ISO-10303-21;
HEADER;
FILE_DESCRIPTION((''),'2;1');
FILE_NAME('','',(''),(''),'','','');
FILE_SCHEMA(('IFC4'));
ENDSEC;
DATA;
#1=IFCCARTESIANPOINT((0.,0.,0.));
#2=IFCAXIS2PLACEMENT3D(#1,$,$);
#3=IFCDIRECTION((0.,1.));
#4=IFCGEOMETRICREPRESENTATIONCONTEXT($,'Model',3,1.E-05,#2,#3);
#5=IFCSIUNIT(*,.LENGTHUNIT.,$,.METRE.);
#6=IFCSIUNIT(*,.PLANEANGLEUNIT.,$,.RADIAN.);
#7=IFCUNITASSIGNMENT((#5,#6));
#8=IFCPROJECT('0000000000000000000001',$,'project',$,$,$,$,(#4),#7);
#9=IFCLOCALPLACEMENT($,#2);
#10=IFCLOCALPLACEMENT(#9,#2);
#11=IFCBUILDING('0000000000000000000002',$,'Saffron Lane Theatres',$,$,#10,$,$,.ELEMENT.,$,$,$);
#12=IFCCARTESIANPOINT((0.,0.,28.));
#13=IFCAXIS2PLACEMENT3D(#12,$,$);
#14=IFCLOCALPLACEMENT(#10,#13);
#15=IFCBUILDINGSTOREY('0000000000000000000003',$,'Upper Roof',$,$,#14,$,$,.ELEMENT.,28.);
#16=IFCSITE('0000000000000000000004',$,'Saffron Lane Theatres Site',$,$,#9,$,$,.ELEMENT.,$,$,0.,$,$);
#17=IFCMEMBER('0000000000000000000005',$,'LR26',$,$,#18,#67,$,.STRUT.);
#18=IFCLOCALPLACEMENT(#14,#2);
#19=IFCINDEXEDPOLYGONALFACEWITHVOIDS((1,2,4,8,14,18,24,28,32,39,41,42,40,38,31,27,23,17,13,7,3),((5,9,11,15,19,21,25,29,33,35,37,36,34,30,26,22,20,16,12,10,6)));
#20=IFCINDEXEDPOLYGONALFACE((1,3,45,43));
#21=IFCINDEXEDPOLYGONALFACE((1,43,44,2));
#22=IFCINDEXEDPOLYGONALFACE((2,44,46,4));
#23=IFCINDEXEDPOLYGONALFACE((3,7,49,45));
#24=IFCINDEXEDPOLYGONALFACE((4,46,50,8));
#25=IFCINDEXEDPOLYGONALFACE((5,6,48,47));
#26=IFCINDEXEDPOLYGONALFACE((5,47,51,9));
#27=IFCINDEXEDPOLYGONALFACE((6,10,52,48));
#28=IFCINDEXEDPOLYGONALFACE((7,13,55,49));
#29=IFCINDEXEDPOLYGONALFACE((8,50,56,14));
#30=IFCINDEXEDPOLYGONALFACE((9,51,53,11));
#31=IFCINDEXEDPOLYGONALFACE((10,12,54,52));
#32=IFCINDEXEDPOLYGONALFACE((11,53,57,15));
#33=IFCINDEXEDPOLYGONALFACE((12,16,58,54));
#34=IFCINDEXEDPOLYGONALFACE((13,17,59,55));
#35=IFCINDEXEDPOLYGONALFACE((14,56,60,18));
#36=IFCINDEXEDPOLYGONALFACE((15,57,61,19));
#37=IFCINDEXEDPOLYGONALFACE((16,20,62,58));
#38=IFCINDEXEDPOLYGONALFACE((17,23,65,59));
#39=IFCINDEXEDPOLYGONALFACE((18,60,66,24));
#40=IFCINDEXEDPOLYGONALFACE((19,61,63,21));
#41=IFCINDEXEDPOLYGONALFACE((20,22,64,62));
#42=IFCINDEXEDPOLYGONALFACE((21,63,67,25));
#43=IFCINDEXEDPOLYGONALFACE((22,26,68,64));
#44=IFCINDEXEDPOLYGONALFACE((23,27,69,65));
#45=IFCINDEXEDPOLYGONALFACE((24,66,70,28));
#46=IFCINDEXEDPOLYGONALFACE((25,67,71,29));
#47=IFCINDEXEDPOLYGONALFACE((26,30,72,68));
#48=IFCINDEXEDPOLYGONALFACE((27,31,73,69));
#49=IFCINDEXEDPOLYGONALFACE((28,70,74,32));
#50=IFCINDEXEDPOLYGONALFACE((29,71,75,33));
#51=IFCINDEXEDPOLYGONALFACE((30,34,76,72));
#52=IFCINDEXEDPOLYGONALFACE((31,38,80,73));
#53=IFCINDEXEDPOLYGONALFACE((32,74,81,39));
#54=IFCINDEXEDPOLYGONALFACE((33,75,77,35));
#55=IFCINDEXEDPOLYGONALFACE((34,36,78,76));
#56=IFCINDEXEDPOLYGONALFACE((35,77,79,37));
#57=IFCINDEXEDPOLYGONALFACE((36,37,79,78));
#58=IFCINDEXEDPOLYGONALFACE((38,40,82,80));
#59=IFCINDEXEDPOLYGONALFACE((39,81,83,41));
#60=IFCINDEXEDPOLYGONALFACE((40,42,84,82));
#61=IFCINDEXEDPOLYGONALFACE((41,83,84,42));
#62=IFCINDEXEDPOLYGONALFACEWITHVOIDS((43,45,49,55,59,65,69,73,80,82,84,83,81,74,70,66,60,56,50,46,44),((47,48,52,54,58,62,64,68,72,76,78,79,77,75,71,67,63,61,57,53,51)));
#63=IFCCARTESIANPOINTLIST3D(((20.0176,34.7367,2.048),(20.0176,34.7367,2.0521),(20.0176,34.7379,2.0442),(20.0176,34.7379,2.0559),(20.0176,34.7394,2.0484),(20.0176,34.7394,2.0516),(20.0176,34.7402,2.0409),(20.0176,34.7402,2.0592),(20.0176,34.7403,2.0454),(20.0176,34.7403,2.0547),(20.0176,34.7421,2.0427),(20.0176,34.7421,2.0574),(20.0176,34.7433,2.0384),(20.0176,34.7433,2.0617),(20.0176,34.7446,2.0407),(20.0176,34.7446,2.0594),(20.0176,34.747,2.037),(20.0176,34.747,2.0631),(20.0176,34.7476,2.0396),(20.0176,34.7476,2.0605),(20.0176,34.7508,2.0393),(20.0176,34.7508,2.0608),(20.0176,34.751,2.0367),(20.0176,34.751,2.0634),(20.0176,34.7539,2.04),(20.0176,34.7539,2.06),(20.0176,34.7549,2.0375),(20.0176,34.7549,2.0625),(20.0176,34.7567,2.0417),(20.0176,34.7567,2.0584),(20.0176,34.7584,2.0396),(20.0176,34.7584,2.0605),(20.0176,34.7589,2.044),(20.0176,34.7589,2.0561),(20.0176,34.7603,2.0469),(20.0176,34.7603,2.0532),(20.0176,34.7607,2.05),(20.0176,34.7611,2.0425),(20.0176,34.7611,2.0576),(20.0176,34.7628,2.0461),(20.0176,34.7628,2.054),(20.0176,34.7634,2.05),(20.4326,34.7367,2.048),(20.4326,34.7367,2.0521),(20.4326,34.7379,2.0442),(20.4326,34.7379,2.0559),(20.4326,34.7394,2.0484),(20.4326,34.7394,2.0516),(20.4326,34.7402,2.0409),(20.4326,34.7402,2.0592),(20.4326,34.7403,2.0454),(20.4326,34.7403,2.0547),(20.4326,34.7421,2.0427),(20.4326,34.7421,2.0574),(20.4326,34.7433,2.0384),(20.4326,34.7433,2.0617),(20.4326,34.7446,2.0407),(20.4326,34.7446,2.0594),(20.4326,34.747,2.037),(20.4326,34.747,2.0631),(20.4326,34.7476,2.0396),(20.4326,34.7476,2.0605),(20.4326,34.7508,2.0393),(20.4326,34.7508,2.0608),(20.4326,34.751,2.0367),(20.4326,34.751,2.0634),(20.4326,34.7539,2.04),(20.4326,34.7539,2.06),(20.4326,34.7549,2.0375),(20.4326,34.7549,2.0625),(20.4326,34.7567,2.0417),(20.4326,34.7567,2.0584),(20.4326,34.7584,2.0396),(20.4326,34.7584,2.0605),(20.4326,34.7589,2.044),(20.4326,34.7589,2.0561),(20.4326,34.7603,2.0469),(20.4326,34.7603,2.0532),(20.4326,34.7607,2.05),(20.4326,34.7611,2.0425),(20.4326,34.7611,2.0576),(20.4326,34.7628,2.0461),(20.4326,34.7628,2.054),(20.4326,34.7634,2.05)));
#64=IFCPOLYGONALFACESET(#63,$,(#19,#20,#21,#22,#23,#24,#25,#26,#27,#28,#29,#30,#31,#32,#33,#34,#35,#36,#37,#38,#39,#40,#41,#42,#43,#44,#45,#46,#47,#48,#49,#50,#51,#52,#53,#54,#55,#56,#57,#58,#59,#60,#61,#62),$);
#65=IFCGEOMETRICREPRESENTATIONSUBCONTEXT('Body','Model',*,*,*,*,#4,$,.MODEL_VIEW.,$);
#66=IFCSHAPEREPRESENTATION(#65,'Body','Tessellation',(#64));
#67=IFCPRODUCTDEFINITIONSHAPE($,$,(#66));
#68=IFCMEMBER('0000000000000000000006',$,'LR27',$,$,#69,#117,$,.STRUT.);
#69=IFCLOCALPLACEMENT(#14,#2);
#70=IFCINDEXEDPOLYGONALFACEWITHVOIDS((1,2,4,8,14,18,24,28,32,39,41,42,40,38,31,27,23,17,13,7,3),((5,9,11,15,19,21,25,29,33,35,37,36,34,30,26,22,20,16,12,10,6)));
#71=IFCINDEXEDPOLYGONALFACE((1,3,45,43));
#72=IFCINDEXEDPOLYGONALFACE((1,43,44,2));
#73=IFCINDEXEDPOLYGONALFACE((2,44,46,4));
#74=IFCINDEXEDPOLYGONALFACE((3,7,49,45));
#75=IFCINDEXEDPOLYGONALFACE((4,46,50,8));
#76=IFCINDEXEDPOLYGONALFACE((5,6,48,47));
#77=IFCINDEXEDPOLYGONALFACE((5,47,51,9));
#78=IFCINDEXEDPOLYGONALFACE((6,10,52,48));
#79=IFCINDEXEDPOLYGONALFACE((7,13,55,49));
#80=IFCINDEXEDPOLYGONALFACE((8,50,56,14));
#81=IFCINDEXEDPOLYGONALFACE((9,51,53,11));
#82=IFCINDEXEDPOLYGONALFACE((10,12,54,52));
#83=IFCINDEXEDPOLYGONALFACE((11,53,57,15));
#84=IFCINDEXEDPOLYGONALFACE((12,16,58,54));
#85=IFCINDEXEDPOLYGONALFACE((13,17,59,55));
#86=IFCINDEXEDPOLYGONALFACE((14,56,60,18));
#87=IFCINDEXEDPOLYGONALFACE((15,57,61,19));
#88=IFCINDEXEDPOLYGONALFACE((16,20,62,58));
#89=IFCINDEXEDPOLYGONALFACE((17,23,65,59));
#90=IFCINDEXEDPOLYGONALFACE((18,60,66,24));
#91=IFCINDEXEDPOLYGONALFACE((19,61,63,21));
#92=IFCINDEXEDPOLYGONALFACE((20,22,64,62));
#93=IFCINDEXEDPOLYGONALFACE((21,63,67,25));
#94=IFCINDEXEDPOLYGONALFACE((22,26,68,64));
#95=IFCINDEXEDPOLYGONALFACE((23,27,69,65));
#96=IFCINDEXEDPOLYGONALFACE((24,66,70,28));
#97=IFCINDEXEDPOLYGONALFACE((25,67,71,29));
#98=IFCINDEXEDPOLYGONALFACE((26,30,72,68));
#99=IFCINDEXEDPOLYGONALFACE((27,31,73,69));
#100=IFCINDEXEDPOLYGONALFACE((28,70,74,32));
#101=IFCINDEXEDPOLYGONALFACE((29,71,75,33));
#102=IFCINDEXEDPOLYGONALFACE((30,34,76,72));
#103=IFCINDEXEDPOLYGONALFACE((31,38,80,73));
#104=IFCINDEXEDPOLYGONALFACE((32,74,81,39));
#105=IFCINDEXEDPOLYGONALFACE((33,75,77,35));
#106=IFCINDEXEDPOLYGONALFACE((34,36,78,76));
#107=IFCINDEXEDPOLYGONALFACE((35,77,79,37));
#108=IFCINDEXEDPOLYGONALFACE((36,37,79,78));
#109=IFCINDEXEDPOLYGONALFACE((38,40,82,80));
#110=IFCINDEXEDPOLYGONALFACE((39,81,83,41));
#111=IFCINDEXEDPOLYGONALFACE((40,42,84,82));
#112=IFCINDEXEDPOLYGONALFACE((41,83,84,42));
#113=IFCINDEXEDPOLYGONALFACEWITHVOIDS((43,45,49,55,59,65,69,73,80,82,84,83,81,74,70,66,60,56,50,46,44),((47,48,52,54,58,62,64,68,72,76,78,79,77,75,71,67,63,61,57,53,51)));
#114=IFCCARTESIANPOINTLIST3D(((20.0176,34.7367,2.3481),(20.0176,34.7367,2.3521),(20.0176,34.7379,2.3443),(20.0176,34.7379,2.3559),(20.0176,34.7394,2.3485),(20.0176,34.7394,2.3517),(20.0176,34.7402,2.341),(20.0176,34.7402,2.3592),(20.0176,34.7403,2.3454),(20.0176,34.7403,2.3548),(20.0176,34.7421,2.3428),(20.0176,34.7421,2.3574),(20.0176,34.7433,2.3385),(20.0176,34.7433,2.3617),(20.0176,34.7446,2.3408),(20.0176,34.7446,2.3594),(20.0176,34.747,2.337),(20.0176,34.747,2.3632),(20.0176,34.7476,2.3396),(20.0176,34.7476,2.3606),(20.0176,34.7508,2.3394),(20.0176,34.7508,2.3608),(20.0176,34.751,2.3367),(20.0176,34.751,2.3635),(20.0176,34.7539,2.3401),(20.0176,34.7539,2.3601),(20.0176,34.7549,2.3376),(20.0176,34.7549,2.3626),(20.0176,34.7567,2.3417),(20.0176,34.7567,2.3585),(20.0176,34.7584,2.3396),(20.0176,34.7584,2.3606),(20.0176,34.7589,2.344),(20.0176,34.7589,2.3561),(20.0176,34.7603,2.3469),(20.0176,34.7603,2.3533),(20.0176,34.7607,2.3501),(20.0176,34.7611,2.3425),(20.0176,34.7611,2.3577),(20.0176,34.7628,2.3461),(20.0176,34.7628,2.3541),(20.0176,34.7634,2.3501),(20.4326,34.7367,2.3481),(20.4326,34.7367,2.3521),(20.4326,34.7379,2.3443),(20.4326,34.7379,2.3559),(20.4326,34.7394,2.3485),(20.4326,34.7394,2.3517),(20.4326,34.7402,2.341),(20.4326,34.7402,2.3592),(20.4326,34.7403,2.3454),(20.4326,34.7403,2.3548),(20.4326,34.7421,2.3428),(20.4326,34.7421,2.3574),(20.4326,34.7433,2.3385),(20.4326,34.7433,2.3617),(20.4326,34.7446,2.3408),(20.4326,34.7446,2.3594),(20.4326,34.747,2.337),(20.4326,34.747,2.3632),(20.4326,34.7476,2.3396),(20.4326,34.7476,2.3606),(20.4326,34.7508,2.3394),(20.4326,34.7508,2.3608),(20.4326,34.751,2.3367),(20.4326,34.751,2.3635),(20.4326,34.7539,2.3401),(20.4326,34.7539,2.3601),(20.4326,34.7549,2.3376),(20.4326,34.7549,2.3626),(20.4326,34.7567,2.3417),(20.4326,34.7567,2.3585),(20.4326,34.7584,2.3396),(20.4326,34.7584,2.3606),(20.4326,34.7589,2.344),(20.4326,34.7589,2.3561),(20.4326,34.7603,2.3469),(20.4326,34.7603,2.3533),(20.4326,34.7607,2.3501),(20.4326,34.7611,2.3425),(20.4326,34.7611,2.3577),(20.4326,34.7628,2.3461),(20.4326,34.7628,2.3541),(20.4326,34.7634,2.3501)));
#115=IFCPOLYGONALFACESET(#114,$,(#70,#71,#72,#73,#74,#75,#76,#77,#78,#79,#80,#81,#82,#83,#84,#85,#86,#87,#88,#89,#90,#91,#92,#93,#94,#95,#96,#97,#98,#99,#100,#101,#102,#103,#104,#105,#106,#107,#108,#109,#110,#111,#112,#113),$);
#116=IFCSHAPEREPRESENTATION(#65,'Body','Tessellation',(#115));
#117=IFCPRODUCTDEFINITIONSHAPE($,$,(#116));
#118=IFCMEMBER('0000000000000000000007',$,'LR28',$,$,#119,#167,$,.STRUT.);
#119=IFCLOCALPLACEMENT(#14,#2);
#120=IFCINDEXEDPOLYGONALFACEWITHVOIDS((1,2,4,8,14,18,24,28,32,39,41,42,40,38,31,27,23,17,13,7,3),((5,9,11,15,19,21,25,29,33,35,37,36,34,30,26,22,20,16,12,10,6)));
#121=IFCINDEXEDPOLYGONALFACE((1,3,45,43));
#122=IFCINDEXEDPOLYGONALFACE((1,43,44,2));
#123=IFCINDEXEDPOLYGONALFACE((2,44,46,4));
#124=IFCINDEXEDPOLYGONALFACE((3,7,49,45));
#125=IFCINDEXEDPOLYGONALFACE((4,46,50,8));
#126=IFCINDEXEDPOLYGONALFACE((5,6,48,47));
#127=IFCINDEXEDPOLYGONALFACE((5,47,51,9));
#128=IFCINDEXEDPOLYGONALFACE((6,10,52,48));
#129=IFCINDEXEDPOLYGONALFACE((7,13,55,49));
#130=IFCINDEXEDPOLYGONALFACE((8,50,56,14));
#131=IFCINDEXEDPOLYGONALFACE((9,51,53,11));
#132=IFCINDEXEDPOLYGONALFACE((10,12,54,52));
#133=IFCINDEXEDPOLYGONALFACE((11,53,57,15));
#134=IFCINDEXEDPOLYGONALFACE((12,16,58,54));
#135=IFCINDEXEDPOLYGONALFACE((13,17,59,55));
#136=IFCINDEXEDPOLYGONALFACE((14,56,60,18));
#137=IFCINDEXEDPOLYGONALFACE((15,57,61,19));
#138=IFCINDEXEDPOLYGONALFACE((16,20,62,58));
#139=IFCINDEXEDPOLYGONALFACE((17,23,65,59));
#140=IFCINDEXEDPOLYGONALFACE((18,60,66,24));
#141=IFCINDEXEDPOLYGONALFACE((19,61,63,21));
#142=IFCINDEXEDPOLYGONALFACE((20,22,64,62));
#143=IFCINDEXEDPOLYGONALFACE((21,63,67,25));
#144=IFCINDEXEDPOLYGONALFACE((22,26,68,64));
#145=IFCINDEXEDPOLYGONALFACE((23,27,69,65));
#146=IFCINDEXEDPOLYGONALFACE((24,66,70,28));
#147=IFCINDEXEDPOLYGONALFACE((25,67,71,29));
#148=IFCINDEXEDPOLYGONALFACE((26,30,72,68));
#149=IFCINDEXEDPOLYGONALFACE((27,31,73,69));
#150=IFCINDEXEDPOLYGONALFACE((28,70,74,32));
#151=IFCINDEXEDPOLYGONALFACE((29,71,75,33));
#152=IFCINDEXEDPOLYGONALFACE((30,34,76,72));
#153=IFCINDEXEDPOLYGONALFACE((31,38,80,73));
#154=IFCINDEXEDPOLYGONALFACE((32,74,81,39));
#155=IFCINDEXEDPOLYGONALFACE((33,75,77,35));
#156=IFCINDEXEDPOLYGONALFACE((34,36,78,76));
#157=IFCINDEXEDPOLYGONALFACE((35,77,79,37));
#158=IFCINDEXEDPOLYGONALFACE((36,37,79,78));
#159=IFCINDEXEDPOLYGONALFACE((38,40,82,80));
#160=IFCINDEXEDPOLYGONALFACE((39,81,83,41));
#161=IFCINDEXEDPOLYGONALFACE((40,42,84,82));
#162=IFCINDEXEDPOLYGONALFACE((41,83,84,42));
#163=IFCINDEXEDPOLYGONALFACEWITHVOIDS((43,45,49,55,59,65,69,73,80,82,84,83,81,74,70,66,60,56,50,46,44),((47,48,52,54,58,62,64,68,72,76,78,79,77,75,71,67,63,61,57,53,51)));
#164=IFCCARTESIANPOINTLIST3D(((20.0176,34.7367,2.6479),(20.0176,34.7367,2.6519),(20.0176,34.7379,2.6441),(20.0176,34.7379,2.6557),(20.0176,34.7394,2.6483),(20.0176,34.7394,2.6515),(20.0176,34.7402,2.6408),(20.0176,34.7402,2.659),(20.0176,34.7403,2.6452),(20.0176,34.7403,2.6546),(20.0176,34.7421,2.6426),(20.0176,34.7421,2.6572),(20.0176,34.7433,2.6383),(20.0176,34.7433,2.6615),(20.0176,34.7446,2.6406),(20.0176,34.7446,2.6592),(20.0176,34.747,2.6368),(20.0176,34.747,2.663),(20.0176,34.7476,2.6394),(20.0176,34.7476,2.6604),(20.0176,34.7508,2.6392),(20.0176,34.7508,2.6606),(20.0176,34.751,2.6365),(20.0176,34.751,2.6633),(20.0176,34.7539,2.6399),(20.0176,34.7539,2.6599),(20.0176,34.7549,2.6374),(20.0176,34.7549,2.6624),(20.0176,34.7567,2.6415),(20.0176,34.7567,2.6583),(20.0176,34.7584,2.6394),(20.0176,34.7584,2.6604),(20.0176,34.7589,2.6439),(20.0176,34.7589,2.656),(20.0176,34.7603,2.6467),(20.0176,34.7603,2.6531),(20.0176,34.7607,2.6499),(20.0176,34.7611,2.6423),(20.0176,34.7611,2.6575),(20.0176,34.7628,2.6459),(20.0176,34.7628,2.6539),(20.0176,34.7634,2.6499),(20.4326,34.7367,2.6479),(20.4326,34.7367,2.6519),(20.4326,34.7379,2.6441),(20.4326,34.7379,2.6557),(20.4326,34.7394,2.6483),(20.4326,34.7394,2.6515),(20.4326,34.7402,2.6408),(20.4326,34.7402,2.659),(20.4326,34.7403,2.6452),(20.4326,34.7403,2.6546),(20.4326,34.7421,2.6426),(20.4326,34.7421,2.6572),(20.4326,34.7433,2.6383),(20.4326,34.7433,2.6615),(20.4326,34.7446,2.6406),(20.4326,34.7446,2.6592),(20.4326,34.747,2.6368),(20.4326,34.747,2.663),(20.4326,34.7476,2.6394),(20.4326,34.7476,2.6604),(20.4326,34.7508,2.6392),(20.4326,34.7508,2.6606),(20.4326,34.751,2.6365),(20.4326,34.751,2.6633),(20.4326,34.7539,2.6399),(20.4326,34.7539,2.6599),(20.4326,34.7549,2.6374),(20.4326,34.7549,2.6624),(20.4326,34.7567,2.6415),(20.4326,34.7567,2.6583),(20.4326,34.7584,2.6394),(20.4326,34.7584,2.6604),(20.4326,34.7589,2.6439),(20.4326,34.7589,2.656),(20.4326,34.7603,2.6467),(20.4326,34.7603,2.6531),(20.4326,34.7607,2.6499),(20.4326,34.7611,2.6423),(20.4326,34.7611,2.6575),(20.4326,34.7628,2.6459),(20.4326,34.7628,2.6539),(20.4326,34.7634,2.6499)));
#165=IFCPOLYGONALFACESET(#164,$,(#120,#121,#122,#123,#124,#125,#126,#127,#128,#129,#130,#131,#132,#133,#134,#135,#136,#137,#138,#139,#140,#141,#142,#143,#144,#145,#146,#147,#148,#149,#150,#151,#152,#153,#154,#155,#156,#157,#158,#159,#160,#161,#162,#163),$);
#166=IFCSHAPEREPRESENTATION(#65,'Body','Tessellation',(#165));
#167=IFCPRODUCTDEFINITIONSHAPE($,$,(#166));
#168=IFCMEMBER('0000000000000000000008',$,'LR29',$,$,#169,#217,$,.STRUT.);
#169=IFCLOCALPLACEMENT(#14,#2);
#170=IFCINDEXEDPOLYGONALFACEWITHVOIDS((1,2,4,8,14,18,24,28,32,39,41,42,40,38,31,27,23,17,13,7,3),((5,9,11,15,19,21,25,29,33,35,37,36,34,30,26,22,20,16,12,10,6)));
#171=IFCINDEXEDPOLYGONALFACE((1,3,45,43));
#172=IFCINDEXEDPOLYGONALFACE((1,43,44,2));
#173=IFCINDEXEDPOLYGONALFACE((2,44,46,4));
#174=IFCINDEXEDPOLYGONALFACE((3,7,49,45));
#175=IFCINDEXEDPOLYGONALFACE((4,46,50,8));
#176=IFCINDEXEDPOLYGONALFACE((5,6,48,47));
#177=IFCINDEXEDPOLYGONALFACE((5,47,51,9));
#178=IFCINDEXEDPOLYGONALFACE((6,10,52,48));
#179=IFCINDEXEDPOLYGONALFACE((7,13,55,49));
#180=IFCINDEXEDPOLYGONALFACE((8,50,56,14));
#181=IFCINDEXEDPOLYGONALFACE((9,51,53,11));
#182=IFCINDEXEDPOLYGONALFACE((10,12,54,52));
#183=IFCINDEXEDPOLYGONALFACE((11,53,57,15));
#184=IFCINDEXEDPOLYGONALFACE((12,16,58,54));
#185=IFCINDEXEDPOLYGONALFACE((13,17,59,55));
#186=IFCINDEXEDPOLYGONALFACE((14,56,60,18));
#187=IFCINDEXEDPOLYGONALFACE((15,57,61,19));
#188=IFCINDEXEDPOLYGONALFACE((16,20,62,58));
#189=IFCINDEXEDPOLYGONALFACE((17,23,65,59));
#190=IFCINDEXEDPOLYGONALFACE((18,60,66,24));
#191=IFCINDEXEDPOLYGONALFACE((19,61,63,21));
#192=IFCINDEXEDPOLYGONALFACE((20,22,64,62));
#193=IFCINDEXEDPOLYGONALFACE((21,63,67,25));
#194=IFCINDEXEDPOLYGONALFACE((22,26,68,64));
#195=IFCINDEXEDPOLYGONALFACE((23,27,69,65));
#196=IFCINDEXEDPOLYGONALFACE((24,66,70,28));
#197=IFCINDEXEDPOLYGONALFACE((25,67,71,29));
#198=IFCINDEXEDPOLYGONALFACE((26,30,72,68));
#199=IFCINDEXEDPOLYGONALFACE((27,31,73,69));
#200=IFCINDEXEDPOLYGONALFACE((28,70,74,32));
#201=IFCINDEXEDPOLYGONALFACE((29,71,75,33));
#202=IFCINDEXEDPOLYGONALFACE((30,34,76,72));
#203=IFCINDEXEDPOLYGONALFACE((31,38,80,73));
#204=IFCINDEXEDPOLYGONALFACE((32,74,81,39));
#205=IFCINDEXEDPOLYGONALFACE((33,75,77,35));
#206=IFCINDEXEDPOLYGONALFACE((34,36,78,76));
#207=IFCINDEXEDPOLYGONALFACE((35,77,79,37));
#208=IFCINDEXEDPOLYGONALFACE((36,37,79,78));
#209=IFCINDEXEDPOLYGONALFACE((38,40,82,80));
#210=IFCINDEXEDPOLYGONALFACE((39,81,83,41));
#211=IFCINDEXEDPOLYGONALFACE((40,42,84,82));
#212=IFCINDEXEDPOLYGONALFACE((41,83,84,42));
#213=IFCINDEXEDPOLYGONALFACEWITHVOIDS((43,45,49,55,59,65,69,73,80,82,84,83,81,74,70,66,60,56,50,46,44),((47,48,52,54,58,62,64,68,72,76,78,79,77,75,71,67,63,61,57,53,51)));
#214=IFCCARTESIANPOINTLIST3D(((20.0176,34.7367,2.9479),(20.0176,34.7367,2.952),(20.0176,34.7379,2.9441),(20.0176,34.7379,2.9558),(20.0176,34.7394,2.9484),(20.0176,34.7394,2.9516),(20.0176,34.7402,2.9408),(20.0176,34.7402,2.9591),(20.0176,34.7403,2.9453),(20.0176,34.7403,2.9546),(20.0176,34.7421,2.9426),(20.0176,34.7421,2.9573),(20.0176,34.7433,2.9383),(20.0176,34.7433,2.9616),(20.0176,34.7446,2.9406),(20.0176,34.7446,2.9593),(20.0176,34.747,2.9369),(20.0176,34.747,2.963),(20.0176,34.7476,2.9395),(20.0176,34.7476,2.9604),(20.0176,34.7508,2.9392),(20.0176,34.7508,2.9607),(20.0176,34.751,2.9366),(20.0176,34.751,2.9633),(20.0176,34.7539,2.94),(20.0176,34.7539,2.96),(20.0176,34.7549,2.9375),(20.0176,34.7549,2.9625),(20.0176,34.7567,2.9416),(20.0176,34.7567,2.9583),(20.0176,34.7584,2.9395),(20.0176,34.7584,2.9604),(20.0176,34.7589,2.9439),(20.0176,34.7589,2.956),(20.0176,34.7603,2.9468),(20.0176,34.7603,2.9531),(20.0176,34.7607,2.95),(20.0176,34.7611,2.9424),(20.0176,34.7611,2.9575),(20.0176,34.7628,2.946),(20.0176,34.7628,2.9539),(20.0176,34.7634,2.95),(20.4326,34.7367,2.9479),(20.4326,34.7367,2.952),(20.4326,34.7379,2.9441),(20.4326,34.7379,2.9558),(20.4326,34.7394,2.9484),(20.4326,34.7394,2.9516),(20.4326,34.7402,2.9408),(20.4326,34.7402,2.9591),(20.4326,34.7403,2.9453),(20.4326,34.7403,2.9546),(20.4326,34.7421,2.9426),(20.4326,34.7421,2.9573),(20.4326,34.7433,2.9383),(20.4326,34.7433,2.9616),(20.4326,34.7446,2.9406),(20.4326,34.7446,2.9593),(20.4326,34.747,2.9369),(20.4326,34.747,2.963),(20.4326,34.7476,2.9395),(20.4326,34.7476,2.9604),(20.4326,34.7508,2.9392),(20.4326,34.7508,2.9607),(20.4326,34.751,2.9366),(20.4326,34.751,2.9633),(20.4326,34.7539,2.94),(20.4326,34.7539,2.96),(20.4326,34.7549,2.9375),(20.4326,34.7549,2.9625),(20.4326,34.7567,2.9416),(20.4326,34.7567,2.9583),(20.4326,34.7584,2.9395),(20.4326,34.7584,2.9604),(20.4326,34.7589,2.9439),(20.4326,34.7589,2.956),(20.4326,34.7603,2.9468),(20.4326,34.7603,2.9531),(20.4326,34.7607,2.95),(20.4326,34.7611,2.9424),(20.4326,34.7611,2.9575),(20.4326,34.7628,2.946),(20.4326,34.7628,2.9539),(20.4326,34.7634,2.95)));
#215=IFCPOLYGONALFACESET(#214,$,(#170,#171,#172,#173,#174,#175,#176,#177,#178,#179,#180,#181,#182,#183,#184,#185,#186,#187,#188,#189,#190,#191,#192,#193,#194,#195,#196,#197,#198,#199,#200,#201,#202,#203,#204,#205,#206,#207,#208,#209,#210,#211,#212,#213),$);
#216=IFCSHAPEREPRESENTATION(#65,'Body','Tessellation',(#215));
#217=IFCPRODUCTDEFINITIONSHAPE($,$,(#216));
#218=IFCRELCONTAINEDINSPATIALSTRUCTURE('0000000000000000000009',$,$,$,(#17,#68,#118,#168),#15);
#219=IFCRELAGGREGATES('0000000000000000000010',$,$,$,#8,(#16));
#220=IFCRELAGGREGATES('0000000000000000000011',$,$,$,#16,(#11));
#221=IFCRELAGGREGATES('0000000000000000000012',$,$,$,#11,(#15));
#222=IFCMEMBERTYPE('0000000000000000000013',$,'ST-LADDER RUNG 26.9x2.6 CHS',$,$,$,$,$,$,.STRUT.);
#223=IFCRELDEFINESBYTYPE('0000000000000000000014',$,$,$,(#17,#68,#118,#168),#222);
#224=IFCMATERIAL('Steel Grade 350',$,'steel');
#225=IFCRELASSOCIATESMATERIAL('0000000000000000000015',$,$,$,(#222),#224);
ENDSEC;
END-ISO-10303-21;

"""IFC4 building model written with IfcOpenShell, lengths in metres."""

from ifc_helpers import new_model, si_unit, direction, frame, origin, origin_2d, place, context, subcontext, project, spatial, hollow_circle, extrude, material, material_profile, profile_set, type_object, element, save


model = new_model("IFC4")

# Units and contexts
model_context = context("Model", 3, precision=1e-05, world=origin(), true_north=direction((0.0, 1.0)))
body_context = subcontext(model_context, "Body", "Model", "MODEL_VIEW")
ifc_project = project(units=[si_unit("LENGTHUNIT", "METRE"), si_unit("PLANEANGLEUNIT", "RADIAN")], contexts=[model_context])

# Site, building, storey
site_placement = place(None, origin())
site = spatial("IfcSite", under=ifc_project, at=site_placement, Name="Saffron Lane Theatres Site", CompositionType="ELEMENT", RefElevation=0.0)
building_placement = place(site_placement, origin())
building = spatial("IfcBuilding", under=site, at=building_placement, Name="Saffron Lane Theatres", CompositionType="ELEMENT")
storey_placement = place(building_placement, frame((0.0, 0.0, 28.0)))
storey = spatial("IfcBuildingStorey", under=building, at=storey_placement, Name="Upper Roof", CompositionType="ELEMENT", Elevation=28.0)

# Members
ifc_material_1 = material(Name="Steel Grade 350", Category="steel")
ifc_material_profile_1 = material_profile(ifc_material_1, hollow_circle(Radius=0.0134, WallThickness=0.0027, at=origin_2d()))
ifc_profile_set_1 = profile_set([ifc_material_profile_1], Name="Steel Grade 350")
member_type_1 = type_object("IfcMemberType", Name="ST-LADDER RUNG 26.9x2.6 CHS", PredefinedType="STRUT", material=ifc_profile_set_1)
for number, where, z_axis, x_axis, name in (
    (1, (20.0176, 34.75, 2.05), (1.0, 0.0, 0.0), (0.0, 1.0, 0.0), "LR26"),
    (2, (20.0176, 34.75, 2.3501), (1.0, 0.0, 0.0), (0.0, 1.0, 0.0), "LR27"),
    (3, (20.0176, 34.75, 2.6499), (1.0, 0.0, 0.0), (0.0, 1.0, 0.0), "LR28"),
    (4, (20.0176, 34.75, 2.95), (1.0, 0.0, 0.0), (0.0, 1.0, 0.0), "LR29"),
):
    element("IfcMember", number, at=place(storey_placement, frame(where, z_axis=z_axis, x_axis=x_axis)), inside=storey, type_object=member_type_1, Name=name, PredefinedType="STRUT", context=body_context, shape_type="SweptSolid", body=[
        extrude(hollow_circle(Radius=0.0134, WallThickness=0.0027, at=origin_2d()), origin(), (0.0, 0.0, 1.0), 0.415),
    ])

save(model, "model.ifc")
